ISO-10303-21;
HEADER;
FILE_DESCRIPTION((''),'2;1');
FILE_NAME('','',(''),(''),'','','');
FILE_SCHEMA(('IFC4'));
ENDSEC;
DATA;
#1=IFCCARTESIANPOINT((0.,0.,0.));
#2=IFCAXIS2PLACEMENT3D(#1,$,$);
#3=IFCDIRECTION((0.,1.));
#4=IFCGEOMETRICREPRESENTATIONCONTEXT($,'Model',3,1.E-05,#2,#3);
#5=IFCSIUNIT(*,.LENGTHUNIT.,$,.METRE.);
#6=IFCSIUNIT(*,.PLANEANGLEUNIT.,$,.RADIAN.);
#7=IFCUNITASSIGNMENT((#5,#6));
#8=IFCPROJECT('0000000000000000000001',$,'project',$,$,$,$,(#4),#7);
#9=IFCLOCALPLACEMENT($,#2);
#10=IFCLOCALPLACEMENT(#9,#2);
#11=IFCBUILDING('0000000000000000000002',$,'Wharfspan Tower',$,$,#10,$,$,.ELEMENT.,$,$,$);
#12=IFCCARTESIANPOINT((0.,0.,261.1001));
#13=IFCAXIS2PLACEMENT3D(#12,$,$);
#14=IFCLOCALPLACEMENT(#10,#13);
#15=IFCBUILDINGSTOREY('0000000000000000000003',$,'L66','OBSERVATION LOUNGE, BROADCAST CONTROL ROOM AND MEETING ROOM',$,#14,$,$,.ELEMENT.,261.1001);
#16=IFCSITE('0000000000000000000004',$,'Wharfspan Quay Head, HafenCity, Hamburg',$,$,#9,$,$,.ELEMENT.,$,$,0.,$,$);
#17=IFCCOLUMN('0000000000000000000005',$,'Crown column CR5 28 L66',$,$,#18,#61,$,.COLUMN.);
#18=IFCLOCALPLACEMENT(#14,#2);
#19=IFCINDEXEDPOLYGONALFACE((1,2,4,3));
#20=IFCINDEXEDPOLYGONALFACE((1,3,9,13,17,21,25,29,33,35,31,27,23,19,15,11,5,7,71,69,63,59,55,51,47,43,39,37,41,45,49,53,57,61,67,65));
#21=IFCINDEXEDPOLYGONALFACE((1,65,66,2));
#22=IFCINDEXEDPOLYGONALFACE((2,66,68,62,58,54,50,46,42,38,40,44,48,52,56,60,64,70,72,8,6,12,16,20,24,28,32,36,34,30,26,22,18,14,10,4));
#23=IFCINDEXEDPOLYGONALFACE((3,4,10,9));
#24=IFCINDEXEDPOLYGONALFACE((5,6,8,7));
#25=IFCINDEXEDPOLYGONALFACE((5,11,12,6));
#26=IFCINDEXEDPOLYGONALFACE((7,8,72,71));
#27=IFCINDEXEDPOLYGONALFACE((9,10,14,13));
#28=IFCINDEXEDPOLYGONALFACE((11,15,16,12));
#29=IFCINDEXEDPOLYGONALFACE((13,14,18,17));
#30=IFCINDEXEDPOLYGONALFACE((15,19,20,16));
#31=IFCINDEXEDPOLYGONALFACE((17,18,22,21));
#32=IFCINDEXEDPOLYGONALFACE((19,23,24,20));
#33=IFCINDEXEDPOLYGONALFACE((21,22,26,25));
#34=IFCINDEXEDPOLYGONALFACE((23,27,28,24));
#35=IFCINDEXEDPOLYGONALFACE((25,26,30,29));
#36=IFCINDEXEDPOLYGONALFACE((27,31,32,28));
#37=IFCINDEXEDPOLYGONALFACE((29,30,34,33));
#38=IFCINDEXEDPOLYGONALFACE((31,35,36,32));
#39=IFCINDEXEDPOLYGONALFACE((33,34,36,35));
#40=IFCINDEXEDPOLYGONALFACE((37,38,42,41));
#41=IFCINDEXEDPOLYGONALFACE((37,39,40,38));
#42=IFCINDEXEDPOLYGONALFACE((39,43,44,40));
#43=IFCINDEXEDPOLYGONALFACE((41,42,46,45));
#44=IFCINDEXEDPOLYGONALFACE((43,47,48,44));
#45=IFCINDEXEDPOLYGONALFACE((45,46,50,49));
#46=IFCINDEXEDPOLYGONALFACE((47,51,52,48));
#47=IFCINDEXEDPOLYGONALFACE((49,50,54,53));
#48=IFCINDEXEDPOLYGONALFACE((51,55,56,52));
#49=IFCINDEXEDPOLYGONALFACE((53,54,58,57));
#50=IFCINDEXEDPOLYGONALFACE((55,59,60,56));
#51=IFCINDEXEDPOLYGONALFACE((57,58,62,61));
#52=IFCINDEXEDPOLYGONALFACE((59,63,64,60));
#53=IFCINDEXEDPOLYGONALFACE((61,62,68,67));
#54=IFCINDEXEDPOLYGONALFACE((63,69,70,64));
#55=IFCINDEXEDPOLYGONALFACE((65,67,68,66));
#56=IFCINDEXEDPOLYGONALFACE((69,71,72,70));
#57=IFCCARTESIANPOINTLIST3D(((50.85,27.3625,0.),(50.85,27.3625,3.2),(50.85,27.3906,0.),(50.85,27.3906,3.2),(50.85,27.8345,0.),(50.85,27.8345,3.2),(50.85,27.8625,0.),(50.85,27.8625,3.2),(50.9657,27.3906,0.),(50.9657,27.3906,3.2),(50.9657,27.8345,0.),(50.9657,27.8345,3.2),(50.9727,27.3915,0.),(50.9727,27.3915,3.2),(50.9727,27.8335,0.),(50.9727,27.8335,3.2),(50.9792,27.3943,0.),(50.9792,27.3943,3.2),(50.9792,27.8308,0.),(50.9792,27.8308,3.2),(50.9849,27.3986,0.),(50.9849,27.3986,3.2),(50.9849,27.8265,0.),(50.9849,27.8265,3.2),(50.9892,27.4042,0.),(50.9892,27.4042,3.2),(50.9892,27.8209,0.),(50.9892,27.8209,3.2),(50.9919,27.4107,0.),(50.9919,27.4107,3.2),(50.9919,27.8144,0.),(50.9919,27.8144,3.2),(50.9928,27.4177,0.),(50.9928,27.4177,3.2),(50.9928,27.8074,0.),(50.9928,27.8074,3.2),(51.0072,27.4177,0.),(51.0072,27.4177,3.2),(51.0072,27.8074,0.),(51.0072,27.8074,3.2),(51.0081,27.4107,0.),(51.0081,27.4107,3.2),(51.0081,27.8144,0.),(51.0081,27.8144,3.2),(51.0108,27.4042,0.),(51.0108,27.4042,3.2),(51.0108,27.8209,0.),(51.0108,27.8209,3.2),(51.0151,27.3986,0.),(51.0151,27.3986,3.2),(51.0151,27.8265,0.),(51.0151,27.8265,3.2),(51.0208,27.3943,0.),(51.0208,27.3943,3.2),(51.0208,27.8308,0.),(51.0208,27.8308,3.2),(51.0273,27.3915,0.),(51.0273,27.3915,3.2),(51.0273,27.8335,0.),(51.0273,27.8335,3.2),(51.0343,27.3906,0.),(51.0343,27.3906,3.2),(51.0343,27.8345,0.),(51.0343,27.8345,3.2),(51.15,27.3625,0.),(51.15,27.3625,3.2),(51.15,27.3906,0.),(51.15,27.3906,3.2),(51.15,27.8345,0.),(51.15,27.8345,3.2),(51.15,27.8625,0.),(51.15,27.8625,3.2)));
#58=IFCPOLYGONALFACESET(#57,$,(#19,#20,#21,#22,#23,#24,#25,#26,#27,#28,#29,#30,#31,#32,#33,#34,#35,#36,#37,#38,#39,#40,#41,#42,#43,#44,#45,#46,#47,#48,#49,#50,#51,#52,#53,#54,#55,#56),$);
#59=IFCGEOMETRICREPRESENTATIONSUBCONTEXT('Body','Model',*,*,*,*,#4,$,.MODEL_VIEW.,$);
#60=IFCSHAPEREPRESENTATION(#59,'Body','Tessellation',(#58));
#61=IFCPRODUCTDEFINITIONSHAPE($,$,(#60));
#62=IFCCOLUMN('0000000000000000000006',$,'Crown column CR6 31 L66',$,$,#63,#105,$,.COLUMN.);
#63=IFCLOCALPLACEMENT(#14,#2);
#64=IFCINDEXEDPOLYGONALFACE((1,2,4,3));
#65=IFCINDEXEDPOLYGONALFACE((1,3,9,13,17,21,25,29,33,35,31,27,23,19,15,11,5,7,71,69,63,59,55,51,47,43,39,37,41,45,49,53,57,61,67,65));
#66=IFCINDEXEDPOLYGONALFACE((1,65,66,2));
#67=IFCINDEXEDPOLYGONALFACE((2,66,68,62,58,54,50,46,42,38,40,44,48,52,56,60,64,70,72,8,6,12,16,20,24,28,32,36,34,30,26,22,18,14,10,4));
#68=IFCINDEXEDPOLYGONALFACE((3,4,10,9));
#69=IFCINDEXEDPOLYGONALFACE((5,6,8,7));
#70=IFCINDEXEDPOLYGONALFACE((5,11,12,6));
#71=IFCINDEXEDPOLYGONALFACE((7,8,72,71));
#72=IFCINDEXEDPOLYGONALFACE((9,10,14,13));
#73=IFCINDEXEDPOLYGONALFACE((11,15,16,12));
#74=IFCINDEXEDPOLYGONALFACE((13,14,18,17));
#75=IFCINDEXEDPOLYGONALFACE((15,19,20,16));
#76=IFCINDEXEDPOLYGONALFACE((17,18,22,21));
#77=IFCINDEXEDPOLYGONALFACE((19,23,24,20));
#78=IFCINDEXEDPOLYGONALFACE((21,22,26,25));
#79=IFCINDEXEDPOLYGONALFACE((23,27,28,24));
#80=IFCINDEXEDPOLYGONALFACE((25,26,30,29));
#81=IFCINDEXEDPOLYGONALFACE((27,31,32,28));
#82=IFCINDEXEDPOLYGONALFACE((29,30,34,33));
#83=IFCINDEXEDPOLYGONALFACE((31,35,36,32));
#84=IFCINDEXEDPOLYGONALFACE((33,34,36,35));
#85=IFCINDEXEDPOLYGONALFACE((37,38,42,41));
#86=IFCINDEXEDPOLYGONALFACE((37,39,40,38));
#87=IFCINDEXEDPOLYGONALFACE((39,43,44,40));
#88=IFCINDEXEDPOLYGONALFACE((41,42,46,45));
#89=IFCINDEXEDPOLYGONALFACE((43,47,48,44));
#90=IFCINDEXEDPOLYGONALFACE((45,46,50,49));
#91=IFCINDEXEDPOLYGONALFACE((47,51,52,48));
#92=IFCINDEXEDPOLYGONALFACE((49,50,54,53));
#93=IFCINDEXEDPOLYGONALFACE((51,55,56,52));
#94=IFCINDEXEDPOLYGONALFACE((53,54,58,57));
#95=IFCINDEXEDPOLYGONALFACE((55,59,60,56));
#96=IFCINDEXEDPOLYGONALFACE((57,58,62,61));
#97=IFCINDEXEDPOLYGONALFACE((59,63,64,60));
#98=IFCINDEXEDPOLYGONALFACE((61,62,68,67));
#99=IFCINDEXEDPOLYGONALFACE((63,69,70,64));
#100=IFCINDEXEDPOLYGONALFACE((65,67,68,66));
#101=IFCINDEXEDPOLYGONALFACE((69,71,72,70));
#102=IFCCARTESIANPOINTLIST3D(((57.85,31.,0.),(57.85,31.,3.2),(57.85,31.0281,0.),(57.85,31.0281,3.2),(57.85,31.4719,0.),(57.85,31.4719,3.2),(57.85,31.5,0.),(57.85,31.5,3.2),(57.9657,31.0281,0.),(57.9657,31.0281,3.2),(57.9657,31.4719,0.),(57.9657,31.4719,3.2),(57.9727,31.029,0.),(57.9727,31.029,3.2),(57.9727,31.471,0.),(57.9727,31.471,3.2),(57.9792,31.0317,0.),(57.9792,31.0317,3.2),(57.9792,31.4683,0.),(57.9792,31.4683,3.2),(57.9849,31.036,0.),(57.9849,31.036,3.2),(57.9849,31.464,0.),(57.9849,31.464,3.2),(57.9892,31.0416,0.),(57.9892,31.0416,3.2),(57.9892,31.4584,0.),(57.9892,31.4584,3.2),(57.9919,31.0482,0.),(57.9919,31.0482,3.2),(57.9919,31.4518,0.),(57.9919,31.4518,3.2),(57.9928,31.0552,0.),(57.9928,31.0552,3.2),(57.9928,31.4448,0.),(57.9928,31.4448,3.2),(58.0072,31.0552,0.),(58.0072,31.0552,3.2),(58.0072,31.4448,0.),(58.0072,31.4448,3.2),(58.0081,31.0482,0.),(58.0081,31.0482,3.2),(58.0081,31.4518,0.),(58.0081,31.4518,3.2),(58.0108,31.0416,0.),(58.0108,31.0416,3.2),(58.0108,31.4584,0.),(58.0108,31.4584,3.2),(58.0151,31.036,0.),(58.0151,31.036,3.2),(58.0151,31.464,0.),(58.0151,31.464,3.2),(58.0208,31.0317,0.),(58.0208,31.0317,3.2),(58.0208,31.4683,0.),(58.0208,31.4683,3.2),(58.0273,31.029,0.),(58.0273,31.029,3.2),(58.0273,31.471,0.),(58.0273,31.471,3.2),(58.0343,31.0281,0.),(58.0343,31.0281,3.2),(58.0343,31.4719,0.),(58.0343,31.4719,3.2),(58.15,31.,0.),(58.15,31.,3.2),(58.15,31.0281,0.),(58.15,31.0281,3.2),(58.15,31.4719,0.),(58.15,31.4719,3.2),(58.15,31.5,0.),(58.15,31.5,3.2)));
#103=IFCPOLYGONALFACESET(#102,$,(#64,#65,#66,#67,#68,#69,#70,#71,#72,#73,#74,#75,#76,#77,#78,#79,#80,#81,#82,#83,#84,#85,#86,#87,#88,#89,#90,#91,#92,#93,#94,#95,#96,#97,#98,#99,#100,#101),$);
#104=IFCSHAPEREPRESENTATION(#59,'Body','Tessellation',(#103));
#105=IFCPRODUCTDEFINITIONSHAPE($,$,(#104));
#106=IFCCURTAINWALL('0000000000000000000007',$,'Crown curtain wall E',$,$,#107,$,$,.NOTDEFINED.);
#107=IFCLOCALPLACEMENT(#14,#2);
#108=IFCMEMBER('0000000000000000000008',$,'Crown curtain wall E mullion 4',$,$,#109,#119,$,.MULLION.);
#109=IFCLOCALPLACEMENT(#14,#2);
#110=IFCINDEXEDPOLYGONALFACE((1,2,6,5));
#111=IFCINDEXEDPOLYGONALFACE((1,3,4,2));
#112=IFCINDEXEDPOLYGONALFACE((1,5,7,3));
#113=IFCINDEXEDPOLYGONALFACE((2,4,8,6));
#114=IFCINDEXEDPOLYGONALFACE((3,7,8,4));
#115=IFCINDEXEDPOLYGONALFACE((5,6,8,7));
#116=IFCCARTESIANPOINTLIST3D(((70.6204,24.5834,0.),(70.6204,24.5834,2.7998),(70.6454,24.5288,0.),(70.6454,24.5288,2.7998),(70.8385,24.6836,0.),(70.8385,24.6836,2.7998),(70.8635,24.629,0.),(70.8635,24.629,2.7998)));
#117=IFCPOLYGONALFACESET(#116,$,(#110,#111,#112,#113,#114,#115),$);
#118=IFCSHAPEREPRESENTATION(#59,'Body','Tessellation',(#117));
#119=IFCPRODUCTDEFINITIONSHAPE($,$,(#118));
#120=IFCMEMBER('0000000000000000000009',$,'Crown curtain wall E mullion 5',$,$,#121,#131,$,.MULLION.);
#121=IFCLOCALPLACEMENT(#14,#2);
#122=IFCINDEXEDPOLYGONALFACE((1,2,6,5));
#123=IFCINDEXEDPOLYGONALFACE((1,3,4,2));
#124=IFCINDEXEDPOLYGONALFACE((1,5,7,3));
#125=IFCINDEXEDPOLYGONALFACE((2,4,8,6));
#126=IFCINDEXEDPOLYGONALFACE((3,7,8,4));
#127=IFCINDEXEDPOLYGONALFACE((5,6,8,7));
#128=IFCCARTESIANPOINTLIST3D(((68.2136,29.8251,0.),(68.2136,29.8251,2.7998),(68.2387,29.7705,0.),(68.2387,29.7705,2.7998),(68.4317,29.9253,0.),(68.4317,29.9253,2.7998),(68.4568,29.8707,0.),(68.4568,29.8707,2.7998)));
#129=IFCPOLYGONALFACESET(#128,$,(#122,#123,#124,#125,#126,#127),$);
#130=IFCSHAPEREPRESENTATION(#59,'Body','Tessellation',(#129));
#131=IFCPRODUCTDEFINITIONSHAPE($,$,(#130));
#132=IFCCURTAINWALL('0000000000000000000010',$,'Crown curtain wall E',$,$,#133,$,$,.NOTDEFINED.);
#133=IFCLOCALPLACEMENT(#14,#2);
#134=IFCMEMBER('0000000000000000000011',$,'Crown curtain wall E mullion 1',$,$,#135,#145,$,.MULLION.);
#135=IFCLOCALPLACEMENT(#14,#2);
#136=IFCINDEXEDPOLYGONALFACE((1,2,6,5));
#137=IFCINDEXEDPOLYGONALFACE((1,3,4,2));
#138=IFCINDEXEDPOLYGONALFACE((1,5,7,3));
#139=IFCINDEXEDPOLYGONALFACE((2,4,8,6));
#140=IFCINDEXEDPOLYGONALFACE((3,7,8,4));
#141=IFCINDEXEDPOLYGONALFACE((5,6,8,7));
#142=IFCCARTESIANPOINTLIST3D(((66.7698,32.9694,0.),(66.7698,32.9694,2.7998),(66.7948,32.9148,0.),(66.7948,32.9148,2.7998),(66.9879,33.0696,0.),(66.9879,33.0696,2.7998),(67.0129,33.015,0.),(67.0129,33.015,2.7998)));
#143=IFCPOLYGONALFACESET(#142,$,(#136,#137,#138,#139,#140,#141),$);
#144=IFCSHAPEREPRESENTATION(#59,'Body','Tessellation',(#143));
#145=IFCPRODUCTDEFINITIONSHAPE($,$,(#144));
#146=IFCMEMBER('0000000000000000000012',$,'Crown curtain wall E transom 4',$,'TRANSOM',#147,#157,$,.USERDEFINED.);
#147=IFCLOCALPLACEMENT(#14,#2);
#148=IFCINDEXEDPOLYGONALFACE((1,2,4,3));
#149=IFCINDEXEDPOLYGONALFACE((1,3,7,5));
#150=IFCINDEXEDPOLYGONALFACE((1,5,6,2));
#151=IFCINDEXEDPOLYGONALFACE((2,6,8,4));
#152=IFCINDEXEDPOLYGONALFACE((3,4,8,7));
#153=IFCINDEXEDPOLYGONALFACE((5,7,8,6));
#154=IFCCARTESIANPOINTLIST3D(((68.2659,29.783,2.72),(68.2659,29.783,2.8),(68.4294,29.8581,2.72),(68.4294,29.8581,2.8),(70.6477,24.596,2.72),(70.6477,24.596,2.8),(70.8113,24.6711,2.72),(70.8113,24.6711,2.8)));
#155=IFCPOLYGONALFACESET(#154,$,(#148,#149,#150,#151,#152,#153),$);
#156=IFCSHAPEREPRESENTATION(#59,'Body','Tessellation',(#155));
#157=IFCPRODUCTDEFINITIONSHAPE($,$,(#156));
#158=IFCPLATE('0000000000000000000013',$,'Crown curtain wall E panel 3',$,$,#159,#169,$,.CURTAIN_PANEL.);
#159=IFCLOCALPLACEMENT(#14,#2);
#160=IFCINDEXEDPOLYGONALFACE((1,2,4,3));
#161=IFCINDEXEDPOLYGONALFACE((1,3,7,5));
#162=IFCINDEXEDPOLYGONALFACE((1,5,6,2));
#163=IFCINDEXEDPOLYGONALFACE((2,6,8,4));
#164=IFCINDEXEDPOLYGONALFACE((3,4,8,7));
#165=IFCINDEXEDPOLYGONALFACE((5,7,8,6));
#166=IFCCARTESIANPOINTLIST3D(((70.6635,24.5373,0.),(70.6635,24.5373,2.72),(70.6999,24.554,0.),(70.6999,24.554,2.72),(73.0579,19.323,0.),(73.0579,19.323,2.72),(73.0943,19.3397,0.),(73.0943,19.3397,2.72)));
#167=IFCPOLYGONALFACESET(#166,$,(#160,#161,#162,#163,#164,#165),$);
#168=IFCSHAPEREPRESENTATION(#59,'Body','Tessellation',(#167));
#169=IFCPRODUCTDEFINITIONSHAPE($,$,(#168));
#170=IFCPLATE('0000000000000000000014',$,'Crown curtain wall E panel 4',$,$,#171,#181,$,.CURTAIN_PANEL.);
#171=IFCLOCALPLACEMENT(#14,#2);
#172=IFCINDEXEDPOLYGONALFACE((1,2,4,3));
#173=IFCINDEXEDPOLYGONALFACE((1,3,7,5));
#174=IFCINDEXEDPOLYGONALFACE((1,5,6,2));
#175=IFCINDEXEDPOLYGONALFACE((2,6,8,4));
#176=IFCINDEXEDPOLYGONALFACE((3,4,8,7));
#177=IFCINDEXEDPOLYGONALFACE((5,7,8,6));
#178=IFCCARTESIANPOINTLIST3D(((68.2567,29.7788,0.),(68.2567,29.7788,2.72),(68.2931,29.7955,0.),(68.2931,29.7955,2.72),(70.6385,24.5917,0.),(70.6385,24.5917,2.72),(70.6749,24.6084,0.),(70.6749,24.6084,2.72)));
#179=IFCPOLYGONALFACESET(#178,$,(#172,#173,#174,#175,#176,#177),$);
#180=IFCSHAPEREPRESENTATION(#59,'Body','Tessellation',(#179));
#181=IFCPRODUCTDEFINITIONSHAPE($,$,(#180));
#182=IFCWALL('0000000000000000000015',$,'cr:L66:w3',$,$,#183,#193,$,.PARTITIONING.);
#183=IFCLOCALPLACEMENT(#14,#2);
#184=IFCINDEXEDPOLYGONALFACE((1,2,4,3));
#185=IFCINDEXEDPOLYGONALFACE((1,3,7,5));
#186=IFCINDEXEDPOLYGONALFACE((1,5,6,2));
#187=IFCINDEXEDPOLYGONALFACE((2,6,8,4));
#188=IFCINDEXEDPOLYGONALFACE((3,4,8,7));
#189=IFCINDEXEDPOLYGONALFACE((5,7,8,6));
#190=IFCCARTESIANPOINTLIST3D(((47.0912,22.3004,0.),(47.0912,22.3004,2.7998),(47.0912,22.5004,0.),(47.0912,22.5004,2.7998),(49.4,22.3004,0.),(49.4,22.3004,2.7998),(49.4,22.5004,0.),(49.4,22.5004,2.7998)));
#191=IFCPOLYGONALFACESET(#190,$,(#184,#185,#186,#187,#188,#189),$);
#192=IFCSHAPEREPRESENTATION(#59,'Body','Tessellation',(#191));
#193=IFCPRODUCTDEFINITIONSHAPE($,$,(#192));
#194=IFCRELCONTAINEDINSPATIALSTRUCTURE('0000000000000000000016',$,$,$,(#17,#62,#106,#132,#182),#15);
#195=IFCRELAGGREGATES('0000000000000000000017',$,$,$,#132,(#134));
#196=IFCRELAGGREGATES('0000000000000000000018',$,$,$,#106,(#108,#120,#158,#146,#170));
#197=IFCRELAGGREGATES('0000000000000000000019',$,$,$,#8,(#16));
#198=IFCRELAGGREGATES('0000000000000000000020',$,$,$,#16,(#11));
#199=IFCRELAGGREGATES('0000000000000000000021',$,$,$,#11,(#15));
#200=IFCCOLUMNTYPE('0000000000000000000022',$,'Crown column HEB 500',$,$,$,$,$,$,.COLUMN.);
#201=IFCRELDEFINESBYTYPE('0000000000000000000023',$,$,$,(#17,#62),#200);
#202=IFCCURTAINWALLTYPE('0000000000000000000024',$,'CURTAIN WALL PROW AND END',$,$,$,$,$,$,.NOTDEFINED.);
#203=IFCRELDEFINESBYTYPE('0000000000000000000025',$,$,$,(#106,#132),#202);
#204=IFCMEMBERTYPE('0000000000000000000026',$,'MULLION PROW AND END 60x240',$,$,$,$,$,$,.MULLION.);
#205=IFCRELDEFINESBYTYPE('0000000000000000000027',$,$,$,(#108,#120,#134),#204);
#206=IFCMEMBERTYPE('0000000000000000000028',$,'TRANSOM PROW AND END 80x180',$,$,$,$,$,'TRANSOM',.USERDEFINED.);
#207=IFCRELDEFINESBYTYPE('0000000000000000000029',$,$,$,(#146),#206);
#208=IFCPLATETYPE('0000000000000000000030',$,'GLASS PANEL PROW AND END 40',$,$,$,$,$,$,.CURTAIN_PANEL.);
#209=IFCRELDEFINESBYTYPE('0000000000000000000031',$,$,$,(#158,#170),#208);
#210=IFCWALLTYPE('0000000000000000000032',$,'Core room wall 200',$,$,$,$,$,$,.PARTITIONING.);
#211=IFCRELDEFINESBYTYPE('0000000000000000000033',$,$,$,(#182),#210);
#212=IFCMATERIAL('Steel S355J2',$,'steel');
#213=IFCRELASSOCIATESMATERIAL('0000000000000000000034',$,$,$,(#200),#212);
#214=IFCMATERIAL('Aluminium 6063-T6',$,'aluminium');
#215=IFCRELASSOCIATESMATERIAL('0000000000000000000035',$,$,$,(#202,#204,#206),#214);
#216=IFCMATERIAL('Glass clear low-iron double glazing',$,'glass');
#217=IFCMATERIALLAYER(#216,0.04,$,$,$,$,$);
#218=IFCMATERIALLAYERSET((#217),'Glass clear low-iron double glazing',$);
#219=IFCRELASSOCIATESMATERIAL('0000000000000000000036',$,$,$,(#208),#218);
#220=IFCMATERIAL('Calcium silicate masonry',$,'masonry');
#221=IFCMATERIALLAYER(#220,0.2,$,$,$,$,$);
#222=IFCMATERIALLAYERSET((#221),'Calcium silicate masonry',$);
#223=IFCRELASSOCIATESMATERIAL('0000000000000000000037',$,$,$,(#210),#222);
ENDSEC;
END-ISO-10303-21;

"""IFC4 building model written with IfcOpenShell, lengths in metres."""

from ifc_helpers import new_model, si_unit, direction, frame, frame_2d, origin, origin_2d, place, context, subcontext, project, spatial, rectangle, i_section, extrude, material, layer, layer_set, material_profile, profile_set, type_object, element, aggregate, save


model = new_model("IFC4")

# Units and contexts
model_context = context("Model", 3, precision=1e-05, world=origin(), true_north=direction((0.0, 1.0)))
body_context = subcontext(model_context, "Body", "Model", "MODEL_VIEW")
ifc_project = project(units=[si_unit("LENGTHUNIT", "METRE"), si_unit("PLANEANGLEUNIT", "RADIAN")], contexts=[model_context])

# Site, building, storey
site_placement = place(None, origin())
site = spatial("IfcSite", under=ifc_project, at=site_placement, Name="Wharfspan Quay Head, HafenCity, Hamburg", CompositionType="ELEMENT", RefElevation=0.0)
building_placement = place(site_placement, origin())
building = spatial("IfcBuilding", under=site, at=building_placement, Name="Wharfspan Tower", CompositionType="ELEMENT")
storey_placement = place(building_placement, frame((0.0, 0.0, 261.1001)))
storey = spatial("IfcBuildingStorey", under=building, at=storey_placement, Name="L66", Description="OBSERVATION LOUNGE, BROADCAST CONTROL ROOM AND MEETING ROOM", CompositionType="ELEMENT", Elevation=261.1001)

# Columns
ifc_material_1 = material(Name="Steel S355J2", Category="steel")
ifc_material_profile_1 = material_profile(ifc_material_1, i_section(OverallWidth=0.3, OverallDepth=0.5, WebThickness=0.0144, FlangeThickness=0.0281, FilletRadius=0.0271, at=origin_2d()))
ifc_profile_set_1 = profile_set([ifc_material_profile_1], Name="Steel S355J2")
column_type = type_object("IfcColumnType", Name="Crown column HEB 500", PredefinedType="COLUMN", material=ifc_profile_set_1)
for number, where, z_axis, x_axis, name in (
    (1, (51.0, 27.6125, 0.0), (0.0, 0.0, 1.0), (1.0, 0.0, 0.0), "Crown column CR5 28 L66"),
    (2, (58.0, 31.25, 0.0), (0.0, 0.0, 1.0), (1.0, 0.0, 0.0), "Crown column CR6 31 L66"),
):
    element("IfcColumn", number, at=place(storey_placement, frame(where, z_axis=z_axis, x_axis=x_axis)), inside=storey, type_object=column_type, Name=name, PredefinedType="COLUMN", context=body_context, shape_type="SweptSolid", body=[
        extrude(i_section(OverallWidth=0.3, OverallDepth=0.5, WebThickness=0.0144, FlangeThickness=0.0281, FilletRadius=0.0271, at=origin_2d()), origin(), (0.0, 0.0, 1.0), 3.2),
    ])

# Curtain wall, members
ifc_material_2 = material(Name="Aluminium 6063-T6", Category="aluminium")
curtain_wall_type = type_object("IfcCurtainWallType", Name="CURTAIN WALL PROW AND END", PredefinedType="NOTDEFINED", material=ifc_material_2)
curtain_wall_1_placement = place(storey_placement, origin())
curtain_wall_1 = element("IfcCurtainWall", 3, at=curtain_wall_1_placement, inside=storey, type_object=curtain_wall_type, Name="Crown curtain wall E", PredefinedType="NOTDEFINED")
ifc_material_profile_2 = material_profile(ifc_material_2, rectangle(XDim=0.24, YDim=0.0601, at=origin_2d()))
ifc_profile_set_2 = profile_set([ifc_material_profile_2], Name="Aluminium 6063-T6")
member_type_1 = type_object("IfcMemberType", Name="MULLION PROW AND END 60x240", PredefinedType="MULLION", material=ifc_profile_set_2)
member_1_placement = place(storey_placement, frame((70.7419, 24.6062, 0.0), z_axis=(0.0, 0.0, 1.0), x_axis=(-0.908769, -0.417292, 0.0)))
member_1 = element("IfcMember", 4, at=member_1_placement, type_object=member_type_1, Name="Crown curtain wall E mullion 4", PredefinedType="MULLION", context=body_context, shape_type="SweptSolid", body=[
    extrude(rectangle(XDim=0.24, YDim=0.0601, at=origin_2d()), origin(), (0.0, 0.0, 1.0), 2.7998),
])
member_2_placement = place(storey_placement, frame((68.3352, 29.8479, 0.0), z_axis=(0.0, 0.0, 1.0), x_axis=(-0.908769, -0.417292, 0.0)))
member_2 = element("IfcMember", 5, at=member_2_placement, type_object=member_type_1, Name="Crown curtain wall E mullion 5", PredefinedType="MULLION", context=body_context, shape_type="SweptSolid", body=[
    extrude(rectangle(XDim=0.24, YDim=0.0601, at=origin_2d()), origin(), (0.0, 0.0, 1.0), 2.7998),
])

# Curtain wall, member
curtain_wall_2_placement = place(storey_placement, origin())
curtain_wall_2 = element("IfcCurtainWall", 6, at=curtain_wall_2_placement, inside=storey, type_object=curtain_wall_type, Name="Crown curtain wall E", PredefinedType="NOTDEFINED")
member_3_placement = place(storey_placement, frame((66.8914, 32.9922, 0.0), z_axis=(0.0, 0.0, 1.0), x_axis=(-0.908769, -0.417292, 0.0)))
member_3 = element("IfcMember", 7, at=member_3_placement, type_object=member_type_1, Name="Crown curtain wall E mullion 1", PredefinedType="MULLION", context=body_context, shape_type="SweptSolid", body=[
    extrude(rectangle(XDim=0.24, YDim=0.0601, at=origin_2d()), origin(), (0.0, 0.0, 1.0), 2.7998),
])
aggregate(curtain_wall_2, [member_3])

# Member
ifc_material_profile_3 = material_profile(ifc_material_2, rectangle(XDim=0.1799, YDim=0.0801, at=origin_2d()))
ifc_profile_set_3 = profile_set([ifc_material_profile_3], Name="Aluminium 6063-T6")
member_type_2 = type_object("IfcMemberType", Name="TRANSOM PROW AND END 80x180", ElementType="TRANSOM", PredefinedType="USERDEFINED", material=ifc_profile_set_3)
member_4_placement = place(storey_placement, frame((70.7295, 24.6335, 2.76), z_axis=(-0.4173, 0.908769, 0.0), x_axis=(-0.908769, -0.4173, 0.0)))
member_4 = element("IfcMember", 8, at=member_4_placement, type_object=member_type_2, Name="Crown curtain wall E transom 4", ObjectType="TRANSOM", PredefinedType="USERDEFINED", context=body_context, shape_type="SweptSolid", body=[
    extrude(rectangle(XDim=0.1799, YDim=0.0801, at=origin_2d()), origin(), (0.0, 0.0, 1.0), 5.7078),
])

# Plates
ifc_material_3 = material(Name="Glass clear low-iron double glazing", Category="glass")
ifc_layer_1 = layer(ifc_material_3, 0.04)
ifc_layer_set_1 = layer_set([ifc_layer_1], Name="Glass clear low-iron double glazing")
plate_type = type_object("IfcPlateType", Name="GLASS PANEL PROW AND END 40", PredefinedType="CURTAIN_PANEL", material=ifc_layer_set_1)
plate_1_placement = place(storey_placement, frame((71.8789, 21.9385, 0.0), z_axis=(0.0, 0.0, 1.0), x_axis=(-0.417292, 0.908769, 0.0)))
plate_1 = element("IfcPlate", 9, at=plate_1_placement, type_object=plate_type, Name="Crown curtain wall E panel 3", PredefinedType="CURTAIN_PANEL", context=body_context, shape_type="SweptSolid", body=[
    extrude(rectangle(XDim=5.7378, YDim=0.04, at=origin_2d()), origin(), (0.0, 0.0, 1.0), 2.72),
])
plate_2_placement = place(storey_placement, frame((69.4658, 27.1936, 0.0), z_axis=(0.0, 0.0, 1.0), x_axis=(-0.417292, 0.908769, 0.0)))
plate_2 = element("IfcPlate", 10, at=plate_2_placement, type_object=plate_type, Name="Crown curtain wall E panel 4", PredefinedType="CURTAIN_PANEL", context=body_context, shape_type="SweptSolid", body=[
    extrude(rectangle(XDim=5.7078, YDim=0.04, at=origin_2d()), origin(), (0.0, 0.0, 1.0), 2.72),
])
aggregate(curtain_wall_1, [member_1, member_2, plate_1, member_4, plate_2])

# Wall
ifc_material_4 = material(Name="Calcium silicate masonry", Category="masonry")
ifc_layer_2 = layer(ifc_material_4, 0.2)
ifc_layer_set_2 = layer_set([ifc_layer_2], Name="Calcium silicate masonry")
wall_type_1 = type_object("IfcWallType", Name="Core room wall 200", PredefinedType="PARTITIONING", material=ifc_layer_set_2)
wall_1_placement = place(storey_placement, frame((49.3999, 22.4004, 0.0), z_axis=(0.0, 0.0, 1.0), x_axis=(-1.0, 0.0, 0.0)))
element("IfcWall", 11, at=wall_1_placement, inside=storey, type_object=wall_type_1, Name="cr:L66:w3", PredefinedType="PARTITIONING", context=body_context, shape_type="SweptSolid", body=[
    extrude(rectangle(XDim=2.3088, YDim=0.2, at=frame_2d((1.1543, 0.0))), origin(), (0.0, 0.0, 1.0), 2.7998),
])

save(model, "model.ifc")
